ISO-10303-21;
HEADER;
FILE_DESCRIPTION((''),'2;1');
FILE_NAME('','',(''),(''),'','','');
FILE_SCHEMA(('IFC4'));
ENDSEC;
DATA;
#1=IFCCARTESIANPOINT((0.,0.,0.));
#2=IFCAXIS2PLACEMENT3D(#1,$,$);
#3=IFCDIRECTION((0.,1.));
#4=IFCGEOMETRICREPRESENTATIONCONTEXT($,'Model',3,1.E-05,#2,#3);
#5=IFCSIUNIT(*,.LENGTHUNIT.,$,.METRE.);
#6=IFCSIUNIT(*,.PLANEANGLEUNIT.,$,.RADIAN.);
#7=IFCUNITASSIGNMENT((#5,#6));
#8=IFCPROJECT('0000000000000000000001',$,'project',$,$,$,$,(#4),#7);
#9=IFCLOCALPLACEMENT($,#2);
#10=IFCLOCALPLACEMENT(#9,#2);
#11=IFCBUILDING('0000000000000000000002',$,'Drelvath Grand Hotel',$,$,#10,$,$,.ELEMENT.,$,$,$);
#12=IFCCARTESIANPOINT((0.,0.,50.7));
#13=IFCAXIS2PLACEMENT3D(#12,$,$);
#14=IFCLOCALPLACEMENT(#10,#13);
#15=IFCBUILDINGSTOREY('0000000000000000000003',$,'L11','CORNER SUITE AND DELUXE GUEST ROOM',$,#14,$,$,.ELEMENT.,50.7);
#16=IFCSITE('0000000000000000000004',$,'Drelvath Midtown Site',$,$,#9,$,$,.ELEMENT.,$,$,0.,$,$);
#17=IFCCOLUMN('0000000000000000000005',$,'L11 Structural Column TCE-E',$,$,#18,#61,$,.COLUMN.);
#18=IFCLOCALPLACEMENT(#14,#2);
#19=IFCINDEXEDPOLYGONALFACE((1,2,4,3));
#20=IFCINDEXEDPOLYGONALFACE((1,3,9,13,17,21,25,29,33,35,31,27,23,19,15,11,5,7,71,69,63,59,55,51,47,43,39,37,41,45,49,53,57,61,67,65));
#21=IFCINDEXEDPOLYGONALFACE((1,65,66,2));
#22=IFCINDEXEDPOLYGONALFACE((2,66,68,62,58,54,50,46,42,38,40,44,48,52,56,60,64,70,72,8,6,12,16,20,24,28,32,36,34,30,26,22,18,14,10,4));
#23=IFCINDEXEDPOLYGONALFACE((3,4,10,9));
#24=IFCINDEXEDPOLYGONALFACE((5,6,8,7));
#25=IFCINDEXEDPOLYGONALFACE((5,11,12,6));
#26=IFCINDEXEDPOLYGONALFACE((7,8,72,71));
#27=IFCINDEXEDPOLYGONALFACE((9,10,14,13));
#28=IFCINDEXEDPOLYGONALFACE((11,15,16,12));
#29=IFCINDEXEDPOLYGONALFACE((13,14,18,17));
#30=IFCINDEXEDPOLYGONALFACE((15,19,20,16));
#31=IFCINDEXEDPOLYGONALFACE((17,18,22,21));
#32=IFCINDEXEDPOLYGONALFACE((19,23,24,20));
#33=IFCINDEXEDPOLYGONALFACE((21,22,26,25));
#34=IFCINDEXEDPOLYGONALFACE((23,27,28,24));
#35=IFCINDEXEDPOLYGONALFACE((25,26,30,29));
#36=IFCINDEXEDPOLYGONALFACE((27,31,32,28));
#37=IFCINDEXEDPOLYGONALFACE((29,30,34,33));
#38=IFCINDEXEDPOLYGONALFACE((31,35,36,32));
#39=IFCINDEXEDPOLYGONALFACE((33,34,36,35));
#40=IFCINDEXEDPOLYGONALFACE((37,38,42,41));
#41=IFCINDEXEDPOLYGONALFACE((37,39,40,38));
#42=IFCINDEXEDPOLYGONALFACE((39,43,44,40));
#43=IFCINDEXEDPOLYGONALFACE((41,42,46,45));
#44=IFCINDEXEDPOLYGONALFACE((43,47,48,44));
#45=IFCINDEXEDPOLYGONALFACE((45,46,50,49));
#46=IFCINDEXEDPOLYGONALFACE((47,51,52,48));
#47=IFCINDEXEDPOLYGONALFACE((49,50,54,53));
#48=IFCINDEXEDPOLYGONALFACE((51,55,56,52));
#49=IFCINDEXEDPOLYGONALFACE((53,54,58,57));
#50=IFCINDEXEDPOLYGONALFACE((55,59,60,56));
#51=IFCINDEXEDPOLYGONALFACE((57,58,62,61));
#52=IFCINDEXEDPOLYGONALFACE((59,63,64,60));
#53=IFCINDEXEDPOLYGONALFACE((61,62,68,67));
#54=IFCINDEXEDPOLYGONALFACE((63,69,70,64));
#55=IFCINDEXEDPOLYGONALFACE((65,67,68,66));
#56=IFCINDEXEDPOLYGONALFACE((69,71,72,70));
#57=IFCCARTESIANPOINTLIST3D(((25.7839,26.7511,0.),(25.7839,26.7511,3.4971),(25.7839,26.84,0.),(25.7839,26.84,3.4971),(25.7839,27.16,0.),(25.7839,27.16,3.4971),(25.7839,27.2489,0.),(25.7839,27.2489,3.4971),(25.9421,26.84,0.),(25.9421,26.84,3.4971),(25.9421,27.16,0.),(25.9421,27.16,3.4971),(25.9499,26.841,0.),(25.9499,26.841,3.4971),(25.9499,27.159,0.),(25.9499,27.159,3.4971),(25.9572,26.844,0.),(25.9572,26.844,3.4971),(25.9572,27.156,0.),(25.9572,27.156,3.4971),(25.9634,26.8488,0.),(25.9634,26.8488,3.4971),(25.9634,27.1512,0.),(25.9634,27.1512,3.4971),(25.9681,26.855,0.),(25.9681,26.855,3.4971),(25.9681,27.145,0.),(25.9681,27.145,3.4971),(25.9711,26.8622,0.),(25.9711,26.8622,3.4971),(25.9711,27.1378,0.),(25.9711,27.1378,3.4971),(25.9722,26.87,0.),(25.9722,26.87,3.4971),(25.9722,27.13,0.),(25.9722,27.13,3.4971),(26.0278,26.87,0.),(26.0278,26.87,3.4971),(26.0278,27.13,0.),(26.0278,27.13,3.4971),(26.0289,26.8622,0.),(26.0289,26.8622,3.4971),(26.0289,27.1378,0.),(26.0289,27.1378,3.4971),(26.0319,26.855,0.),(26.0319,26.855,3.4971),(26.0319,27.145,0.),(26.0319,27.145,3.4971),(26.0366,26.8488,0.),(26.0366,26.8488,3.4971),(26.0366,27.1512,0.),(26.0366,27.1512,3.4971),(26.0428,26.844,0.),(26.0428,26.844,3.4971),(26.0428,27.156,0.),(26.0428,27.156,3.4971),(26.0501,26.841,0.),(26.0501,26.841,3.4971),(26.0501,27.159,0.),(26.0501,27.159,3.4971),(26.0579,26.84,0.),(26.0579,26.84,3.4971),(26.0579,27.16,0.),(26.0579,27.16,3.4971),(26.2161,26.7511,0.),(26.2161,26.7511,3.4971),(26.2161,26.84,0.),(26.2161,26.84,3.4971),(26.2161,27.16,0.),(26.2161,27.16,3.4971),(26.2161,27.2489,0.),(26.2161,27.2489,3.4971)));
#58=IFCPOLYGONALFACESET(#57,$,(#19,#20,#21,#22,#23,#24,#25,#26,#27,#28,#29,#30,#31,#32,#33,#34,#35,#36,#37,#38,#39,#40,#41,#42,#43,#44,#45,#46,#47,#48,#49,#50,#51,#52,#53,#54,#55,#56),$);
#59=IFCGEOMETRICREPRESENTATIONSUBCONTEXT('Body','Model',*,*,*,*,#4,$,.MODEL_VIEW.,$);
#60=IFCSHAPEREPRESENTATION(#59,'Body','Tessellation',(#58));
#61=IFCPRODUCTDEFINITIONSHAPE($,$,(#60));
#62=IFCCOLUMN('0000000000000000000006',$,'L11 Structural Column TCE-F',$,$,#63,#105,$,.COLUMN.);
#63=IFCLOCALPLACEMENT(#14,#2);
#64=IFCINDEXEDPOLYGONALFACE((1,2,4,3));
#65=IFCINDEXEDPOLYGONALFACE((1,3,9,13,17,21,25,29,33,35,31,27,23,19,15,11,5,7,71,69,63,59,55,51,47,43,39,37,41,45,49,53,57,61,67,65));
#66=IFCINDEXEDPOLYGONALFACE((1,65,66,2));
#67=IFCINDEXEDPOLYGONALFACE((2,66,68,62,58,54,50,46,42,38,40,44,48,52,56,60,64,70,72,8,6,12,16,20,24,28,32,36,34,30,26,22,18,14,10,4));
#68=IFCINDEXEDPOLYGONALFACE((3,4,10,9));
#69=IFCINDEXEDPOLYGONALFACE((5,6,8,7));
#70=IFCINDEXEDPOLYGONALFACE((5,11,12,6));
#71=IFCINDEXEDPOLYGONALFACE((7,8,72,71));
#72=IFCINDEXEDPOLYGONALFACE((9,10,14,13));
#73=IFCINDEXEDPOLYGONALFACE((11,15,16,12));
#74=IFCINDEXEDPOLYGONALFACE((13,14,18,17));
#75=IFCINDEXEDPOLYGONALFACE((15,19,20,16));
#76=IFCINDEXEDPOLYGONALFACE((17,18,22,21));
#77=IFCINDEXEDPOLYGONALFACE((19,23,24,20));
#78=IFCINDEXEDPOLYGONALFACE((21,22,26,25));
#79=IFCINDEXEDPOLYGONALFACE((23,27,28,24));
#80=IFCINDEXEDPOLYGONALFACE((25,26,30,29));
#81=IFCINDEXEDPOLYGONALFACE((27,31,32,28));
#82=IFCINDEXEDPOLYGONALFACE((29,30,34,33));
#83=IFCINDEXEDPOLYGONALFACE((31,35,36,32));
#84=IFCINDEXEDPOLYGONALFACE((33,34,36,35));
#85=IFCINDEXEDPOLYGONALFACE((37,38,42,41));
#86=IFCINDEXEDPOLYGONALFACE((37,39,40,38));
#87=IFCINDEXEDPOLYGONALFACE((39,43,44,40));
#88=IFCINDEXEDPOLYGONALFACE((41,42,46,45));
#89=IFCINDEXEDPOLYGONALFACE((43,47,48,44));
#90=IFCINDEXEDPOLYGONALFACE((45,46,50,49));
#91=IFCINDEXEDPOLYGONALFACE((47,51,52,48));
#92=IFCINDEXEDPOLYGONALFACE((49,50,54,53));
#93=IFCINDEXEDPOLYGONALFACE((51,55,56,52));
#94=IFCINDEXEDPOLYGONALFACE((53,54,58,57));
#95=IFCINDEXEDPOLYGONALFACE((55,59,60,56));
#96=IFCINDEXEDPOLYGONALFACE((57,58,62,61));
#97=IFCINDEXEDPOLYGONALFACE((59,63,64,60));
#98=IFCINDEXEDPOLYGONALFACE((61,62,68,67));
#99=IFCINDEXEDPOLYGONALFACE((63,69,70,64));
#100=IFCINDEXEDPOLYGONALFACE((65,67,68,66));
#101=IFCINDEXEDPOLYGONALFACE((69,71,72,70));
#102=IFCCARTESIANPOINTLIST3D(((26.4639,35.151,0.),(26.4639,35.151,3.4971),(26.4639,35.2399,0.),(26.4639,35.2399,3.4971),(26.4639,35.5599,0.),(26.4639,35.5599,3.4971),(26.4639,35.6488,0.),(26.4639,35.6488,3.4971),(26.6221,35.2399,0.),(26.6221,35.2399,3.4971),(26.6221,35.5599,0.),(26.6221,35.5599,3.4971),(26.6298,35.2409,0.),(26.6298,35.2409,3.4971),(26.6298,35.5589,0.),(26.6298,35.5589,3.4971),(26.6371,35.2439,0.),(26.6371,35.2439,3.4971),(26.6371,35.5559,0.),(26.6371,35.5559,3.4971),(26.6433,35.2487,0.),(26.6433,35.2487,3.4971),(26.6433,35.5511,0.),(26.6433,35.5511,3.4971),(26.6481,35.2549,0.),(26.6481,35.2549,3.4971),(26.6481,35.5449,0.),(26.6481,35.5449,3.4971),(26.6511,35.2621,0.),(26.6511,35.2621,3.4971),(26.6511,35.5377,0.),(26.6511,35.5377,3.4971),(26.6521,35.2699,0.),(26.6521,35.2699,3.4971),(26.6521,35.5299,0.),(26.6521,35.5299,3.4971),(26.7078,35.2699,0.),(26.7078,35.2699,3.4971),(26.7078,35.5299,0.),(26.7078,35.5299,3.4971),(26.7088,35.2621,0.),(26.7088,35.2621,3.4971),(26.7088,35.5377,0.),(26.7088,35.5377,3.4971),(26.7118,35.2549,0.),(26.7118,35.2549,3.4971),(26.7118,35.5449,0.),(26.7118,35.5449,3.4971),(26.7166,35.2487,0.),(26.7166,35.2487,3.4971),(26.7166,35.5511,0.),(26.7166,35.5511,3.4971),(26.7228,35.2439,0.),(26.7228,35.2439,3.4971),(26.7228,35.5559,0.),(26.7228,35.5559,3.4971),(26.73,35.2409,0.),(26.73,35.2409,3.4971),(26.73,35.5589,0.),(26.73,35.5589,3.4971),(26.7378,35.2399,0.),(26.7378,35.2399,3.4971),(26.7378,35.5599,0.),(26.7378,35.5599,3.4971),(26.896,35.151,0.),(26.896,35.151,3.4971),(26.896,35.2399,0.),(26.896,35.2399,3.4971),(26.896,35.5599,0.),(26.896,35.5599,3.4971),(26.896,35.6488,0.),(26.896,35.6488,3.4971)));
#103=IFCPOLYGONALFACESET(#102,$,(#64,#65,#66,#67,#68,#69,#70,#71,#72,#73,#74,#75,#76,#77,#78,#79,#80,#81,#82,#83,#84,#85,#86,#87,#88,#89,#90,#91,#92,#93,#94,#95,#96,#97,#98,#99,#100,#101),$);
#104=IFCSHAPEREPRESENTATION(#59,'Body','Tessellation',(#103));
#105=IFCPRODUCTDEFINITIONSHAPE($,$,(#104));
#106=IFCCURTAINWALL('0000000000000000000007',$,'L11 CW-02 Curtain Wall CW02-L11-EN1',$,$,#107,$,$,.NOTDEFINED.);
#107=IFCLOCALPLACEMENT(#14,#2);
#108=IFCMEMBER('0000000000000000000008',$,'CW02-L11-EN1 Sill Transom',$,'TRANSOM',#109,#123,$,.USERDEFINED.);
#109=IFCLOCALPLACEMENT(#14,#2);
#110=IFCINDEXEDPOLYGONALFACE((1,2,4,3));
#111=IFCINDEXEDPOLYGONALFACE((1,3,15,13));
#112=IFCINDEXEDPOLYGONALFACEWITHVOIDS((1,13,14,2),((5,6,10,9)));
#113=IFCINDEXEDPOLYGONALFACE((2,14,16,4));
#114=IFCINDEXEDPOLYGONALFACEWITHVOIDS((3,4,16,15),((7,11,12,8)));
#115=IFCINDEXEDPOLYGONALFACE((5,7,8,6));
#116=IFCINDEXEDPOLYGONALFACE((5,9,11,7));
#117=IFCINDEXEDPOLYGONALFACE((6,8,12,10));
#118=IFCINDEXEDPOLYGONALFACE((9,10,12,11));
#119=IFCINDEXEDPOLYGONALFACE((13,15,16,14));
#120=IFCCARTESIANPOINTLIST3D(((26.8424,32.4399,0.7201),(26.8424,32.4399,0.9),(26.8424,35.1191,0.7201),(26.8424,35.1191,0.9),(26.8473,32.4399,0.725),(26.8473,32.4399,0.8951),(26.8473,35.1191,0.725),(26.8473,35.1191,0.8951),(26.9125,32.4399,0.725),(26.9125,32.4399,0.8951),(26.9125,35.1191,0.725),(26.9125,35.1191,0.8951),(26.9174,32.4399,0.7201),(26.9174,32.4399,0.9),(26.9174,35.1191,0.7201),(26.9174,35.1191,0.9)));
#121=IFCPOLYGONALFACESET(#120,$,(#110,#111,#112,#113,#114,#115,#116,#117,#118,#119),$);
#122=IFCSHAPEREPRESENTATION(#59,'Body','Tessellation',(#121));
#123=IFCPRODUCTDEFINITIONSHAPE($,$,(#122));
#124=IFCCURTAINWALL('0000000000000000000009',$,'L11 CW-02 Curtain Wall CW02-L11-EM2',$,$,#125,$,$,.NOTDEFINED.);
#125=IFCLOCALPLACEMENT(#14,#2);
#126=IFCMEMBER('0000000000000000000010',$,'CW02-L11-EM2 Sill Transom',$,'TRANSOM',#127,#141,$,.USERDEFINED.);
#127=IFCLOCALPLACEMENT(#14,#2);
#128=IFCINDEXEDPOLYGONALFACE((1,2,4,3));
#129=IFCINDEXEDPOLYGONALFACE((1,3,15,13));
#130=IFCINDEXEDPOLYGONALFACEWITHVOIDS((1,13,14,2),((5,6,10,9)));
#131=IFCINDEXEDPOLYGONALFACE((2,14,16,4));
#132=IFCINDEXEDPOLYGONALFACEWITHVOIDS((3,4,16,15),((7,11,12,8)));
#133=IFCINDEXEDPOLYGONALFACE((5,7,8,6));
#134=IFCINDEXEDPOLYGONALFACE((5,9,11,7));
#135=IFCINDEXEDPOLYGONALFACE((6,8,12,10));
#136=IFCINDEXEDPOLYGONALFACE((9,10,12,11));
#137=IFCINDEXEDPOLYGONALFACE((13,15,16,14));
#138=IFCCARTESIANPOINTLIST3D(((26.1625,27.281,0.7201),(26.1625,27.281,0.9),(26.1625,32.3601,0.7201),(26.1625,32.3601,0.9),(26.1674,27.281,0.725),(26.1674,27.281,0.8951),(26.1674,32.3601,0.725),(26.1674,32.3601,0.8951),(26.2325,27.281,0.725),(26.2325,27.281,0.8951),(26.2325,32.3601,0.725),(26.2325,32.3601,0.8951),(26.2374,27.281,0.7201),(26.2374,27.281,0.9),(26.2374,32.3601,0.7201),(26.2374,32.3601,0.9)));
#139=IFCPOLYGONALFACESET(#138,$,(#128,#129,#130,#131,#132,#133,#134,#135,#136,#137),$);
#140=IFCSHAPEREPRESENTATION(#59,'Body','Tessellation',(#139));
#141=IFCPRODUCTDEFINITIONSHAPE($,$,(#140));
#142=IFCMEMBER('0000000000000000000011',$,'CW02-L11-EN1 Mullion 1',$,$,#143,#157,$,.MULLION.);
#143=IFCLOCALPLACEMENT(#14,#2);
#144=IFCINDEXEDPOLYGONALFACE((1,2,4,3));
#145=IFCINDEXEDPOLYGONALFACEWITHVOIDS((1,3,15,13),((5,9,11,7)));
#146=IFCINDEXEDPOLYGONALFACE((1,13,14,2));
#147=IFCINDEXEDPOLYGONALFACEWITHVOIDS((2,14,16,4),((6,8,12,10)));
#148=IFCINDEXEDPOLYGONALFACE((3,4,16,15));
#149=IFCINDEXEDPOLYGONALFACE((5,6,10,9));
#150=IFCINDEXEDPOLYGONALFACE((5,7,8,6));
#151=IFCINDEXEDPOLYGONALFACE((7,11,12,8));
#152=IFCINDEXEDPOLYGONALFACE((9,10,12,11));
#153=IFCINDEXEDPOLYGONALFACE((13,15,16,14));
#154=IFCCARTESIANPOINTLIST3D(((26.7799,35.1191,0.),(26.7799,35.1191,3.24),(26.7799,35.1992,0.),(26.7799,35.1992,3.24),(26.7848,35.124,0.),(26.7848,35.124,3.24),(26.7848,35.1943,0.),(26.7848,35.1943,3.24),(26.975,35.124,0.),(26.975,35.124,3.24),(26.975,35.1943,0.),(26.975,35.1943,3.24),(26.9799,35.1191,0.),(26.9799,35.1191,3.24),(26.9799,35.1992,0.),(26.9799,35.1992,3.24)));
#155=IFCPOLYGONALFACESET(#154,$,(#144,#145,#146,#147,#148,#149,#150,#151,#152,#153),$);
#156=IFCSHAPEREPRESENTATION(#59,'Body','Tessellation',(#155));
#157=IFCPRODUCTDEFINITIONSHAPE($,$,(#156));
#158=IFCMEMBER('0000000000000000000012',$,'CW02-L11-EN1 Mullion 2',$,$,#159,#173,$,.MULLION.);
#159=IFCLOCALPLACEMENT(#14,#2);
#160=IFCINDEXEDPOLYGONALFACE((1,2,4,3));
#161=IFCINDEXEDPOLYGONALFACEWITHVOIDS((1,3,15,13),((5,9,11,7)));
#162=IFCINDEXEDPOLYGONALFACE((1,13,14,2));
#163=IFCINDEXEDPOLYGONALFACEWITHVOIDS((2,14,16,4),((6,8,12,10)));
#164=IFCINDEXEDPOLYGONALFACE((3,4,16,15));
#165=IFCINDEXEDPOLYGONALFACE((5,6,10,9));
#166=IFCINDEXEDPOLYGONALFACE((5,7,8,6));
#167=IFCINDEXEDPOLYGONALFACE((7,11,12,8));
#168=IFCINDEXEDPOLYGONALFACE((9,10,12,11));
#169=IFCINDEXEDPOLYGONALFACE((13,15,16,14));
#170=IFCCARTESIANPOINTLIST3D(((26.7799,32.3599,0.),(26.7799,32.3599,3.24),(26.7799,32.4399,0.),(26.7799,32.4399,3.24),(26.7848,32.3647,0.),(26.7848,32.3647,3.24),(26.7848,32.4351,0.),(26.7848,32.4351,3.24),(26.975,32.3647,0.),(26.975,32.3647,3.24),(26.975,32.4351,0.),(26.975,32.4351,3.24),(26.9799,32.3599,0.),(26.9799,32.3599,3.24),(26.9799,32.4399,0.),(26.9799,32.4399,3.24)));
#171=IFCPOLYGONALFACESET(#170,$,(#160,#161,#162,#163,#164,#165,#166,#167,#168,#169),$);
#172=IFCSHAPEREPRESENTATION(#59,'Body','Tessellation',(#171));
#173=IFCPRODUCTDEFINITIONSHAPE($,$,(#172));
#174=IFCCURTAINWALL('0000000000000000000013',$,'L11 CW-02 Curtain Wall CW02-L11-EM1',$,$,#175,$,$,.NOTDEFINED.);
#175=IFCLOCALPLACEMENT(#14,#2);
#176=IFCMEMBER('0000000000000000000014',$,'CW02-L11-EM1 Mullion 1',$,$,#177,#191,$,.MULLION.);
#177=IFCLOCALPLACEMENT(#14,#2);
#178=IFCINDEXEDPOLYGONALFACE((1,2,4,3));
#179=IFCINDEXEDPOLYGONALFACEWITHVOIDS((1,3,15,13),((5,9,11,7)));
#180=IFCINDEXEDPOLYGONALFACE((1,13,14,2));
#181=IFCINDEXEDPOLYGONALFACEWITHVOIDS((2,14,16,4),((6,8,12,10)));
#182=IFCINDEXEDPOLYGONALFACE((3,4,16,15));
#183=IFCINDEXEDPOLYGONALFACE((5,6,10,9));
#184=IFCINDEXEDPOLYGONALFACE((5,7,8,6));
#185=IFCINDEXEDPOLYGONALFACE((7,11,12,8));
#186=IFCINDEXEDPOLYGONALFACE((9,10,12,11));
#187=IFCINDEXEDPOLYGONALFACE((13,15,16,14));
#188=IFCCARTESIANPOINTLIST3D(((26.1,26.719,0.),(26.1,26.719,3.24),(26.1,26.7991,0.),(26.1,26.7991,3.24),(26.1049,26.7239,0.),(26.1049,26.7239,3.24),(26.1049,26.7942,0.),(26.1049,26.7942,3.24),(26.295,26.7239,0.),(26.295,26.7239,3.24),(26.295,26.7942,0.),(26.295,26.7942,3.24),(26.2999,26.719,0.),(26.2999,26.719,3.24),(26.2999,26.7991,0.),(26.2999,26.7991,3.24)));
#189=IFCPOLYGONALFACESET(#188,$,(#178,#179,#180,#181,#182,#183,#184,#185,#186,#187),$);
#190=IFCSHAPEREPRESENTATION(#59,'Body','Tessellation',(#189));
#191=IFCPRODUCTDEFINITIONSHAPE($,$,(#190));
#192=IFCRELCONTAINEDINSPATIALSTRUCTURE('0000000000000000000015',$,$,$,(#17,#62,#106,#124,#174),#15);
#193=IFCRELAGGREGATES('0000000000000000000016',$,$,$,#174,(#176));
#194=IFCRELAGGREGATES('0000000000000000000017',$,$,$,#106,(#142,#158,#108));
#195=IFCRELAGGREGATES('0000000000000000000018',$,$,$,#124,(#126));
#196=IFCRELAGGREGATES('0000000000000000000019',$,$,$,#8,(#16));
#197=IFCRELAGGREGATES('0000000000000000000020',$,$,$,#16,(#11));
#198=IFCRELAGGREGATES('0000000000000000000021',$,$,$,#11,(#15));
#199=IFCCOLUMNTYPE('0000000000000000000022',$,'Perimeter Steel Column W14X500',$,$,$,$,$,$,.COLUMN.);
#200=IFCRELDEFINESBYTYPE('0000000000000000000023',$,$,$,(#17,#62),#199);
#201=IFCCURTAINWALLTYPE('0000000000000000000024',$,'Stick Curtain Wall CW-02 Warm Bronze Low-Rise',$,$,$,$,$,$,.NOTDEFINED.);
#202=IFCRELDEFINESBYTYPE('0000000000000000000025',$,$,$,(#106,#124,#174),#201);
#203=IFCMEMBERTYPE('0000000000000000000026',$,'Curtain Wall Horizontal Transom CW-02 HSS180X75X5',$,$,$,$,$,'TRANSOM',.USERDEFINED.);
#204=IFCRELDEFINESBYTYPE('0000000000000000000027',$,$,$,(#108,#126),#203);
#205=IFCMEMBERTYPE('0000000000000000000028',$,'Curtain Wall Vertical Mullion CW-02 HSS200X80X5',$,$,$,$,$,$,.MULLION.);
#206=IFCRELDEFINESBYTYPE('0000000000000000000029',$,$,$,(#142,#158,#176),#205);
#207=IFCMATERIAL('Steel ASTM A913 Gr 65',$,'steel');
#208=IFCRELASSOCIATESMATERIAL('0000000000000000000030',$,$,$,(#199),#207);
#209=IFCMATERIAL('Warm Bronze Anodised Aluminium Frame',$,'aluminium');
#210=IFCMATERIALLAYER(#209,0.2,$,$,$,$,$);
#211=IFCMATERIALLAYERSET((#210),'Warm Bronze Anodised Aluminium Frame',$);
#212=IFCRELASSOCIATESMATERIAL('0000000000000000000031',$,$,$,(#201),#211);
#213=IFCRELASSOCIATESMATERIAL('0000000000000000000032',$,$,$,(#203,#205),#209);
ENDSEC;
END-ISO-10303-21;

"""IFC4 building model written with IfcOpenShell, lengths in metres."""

from ifc_helpers import new_model, si_unit, direction, frame, origin, origin_2d, place, context, subcontext, project, spatial, hollow_rectangle, i_section, extrude, material, layer, layer_set, material_profile, profile_set, type_object, element, aggregate, save


model = new_model("IFC4")

# Units and contexts
model_context = context("Model", 3, precision=1e-05, world=origin(), true_north=direction((0.0, 1.0)))
body_context = subcontext(model_context, "Body", "Model", "MODEL_VIEW")
ifc_project = project(units=[si_unit("LENGTHUNIT", "METRE"), si_unit("PLANEANGLEUNIT", "RADIAN")], contexts=[model_context])

# Site, building, storey
site_placement = place(None, origin())
site = spatial("IfcSite", under=ifc_project, at=site_placement, Name="Drelvath Midtown Site", CompositionType="ELEMENT", RefElevation=0.0)
building_placement = place(site_placement, origin())
building = spatial("IfcBuilding", under=site, at=building_placement, Name="Drelvath Grand Hotel", CompositionType="ELEMENT")
storey_placement = place(building_placement, frame((0.0, 0.0, 50.7)))
storey = spatial("IfcBuildingStorey", under=building, at=storey_placement, Name="L11", Description="CORNER SUITE AND DELUXE GUEST ROOM", CompositionType="ELEMENT", Elevation=50.7)

# Columns
ifc_material_1 = material(Name="Steel ASTM A913 Gr 65", Category="steel")
ifc_material_profile_1 = material_profile(ifc_material_1, i_section(OverallWidth=0.4321, OverallDepth=0.4978, WebThickness=0.0557, FlangeThickness=0.0889, FilletRadius=0.03, at=origin_2d()), Name="W14X500")
ifc_profile_set_1 = profile_set([ifc_material_profile_1], Name="Steel ASTM A913 Gr 65")
column_type = type_object("IfcColumnType", Name="Perimeter Steel Column W14X500", PredefinedType="COLUMN", material=ifc_profile_set_1)
for number, where, z_axis, x_axis, name in (
    (1, (26.0, 27.0, 0.0), (0.0, 0.0, 1.0), (1.0, 0.0, 0.0), "L11 Structural Column TCE-E"),
    (2, (26.6799, 35.3999, 0.0), (0.0, 0.0, 1.0), (1.0, 0.0, 0.0), "L11 Structural Column TCE-F"),
):
    element("IfcColumn", number, at=place(storey_placement, frame(where, z_axis=z_axis, x_axis=x_axis)), inside=storey, type_object=column_type, Name=name, PredefinedType="COLUMN", context=body_context, shape_type="SweptSolid", body=[
        extrude(i_section(OverallWidth=0.4321, OverallDepth=0.4978, WebThickness=0.0557, FlangeThickness=0.0889, FilletRadius=0.03, at=origin_2d()), origin(), (0.0, 0.0, 1.0), 3.4971),
    ])

# Curtain walls, members
ifc_material_2 = material(Name="Warm Bronze Anodised Aluminium Frame", Category="aluminium")
ifc_layer_1 = layer(ifc_material_2, 0.2)
ifc_layer_set_1 = layer_set([ifc_layer_1], Name="Warm Bronze Anodised Aluminium Frame")
curtain_wall_type = type_object("IfcCurtainWallType", Name="Stick Curtain Wall CW-02 Warm Bronze Low-Rise", PredefinedType="NOTDEFINED", material=ifc_layer_set_1)
curtain_wall_1_placement = place(storey_placement, origin())
curtain_wall_1 = element("IfcCurtainWall", 3, at=curtain_wall_1_placement, inside=storey, type_object=curtain_wall_type, Name="L11 CW-02 Curtain Wall CW02-L11-EN1", PredefinedType="NOTDEFINED")
ifc_material_profile_2 = material_profile(ifc_material_2, hollow_rectangle(XDim=0.075, YDim=0.1799, WallThickness=0.0049, at=origin_2d()), Name="HSS180X75X5")
ifc_profile_set_2 = profile_set([ifc_material_profile_2], Name="Warm Bronze Anodised Aluminium Frame")
member_type_1 = type_object("IfcMemberType", Name="Curtain Wall Horizontal Transom CW-02 HSS180X75X5", ElementType="TRANSOM", PredefinedType="USERDEFINED", material=ifc_profile_set_2)
member_1_placement = place(storey_placement, frame((26.8799, 35.1191, 0.8101), z_axis=(0.0, -1.0, 0.0), x_axis=(1.0, 0.0, 0.0)))
member_1 = element("IfcMember", 4, at=member_1_placement, type_object=member_type_1, Name="CW02-L11-EN1 Sill Transom", ObjectType="TRANSOM", PredefinedType="USERDEFINED", context=body_context, shape_type="SweptSolid", body=[
    extrude(hollow_rectangle(XDim=0.075, YDim=0.1799, WallThickness=0.0049, at=origin_2d()), origin(), (0.0, 0.0, 1.0), 2.6792),
])
curtain_wall_2_placement = place(storey_placement, origin())
curtain_wall_2 = element("IfcCurtainWall", 5, at=curtain_wall_2_placement, inside=storey, type_object=curtain_wall_type, Name="L11 CW-02 Curtain Wall CW02-L11-EM2", PredefinedType="NOTDEFINED")
member_2_placement = place(storey_placement, frame((26.2, 32.3601, 0.8101), z_axis=(0.0, -1.0, 0.0), x_axis=(1.0, 0.0, 0.0)))
member_2 = element("IfcMember", 6, at=member_2_placement, type_object=member_type_1, Name="CW02-L11-EM2 Sill Transom", ObjectType="TRANSOM", PredefinedType="USERDEFINED", context=body_context, shape_type="SweptSolid", body=[
    extrude(hollow_rectangle(XDim=0.075, YDim=0.1799, WallThickness=0.0049, at=origin_2d()), origin(), (0.0, 0.0, 1.0), 5.0791),
])

# Members
ifc_material_profile_3 = material_profile(ifc_material_2, hollow_rectangle(XDim=0.0801, YDim=0.2, WallThickness=0.0049, at=origin_2d()), Name="HSS200X80X5")
ifc_profile_set_3 = profile_set([ifc_material_profile_3], Name="Warm Bronze Anodised Aluminium Frame")
member_type_2 = type_object("IfcMemberType", Name="Curtain Wall Vertical Mullion CW-02 HSS200X80X5", PredefinedType="MULLION", material=ifc_profile_set_3)
member_3_placement = place(storey_placement, frame((26.8799, 35.1592, 0.0), z_axis=(0.0, 0.0, 1.0), x_axis=(0.0, 1.0, 0.0)))
member_3 = element("IfcMember", 7, at=member_3_placement, type_object=member_type_2, Name="CW02-L11-EN1 Mullion 1", PredefinedType="MULLION", context=body_context, shape_type="SweptSolid", body=[
    extrude(hollow_rectangle(XDim=0.0801, YDim=0.2, WallThickness=0.0049, at=origin_2d()), origin(), (0.0, 0.0, 1.0), 3.24),
])
member_4_placement = place(storey_placement, frame((26.8799, 32.3999, 0.0), z_axis=(0.0, 0.0, 1.0), x_axis=(0.0, 1.0, 0.0)))
member_4 = element("IfcMember", 8, at=member_4_placement, type_object=member_type_2, Name="CW02-L11-EN1 Mullion 2", PredefinedType="MULLION", context=body_context, shape_type="SweptSolid", body=[
    extrude(hollow_rectangle(XDim=0.0801, YDim=0.2, WallThickness=0.0049, at=origin_2d()), origin(), (0.0, 0.0, 1.0), 3.24),
])

# Curtain wall, member
curtain_wall_3_placement = place(storey_placement, origin())
curtain_wall_3 = element("IfcCurtainWall", 9, at=curtain_wall_3_placement, inside=storey, type_object=curtain_wall_type, Name="L11 CW-02 Curtain Wall CW02-L11-EM1", PredefinedType="NOTDEFINED")
member_5_placement = place(storey_placement, frame((26.2, 26.759, 0.0), z_axis=(0.0, 0.0, 1.0), x_axis=(0.0, 1.0, 0.0)))
member_5 = element("IfcMember", 10, at=member_5_placement, type_object=member_type_2, Name="CW02-L11-EM1 Mullion 1", PredefinedType="MULLION", context=body_context, shape_type="SweptSolid", body=[
    extrude(hollow_rectangle(XDim=0.0801, YDim=0.2, WallThickness=0.0049, at=origin_2d()), origin(), (0.0, 0.0, 1.0), 3.24),
])
aggregate(curtain_wall_3, [member_5])

aggregate(curtain_wall_1, [member_3, member_4, member_1])
aggregate(curtain_wall_2, [member_2])

save(model, "model.ifc")
